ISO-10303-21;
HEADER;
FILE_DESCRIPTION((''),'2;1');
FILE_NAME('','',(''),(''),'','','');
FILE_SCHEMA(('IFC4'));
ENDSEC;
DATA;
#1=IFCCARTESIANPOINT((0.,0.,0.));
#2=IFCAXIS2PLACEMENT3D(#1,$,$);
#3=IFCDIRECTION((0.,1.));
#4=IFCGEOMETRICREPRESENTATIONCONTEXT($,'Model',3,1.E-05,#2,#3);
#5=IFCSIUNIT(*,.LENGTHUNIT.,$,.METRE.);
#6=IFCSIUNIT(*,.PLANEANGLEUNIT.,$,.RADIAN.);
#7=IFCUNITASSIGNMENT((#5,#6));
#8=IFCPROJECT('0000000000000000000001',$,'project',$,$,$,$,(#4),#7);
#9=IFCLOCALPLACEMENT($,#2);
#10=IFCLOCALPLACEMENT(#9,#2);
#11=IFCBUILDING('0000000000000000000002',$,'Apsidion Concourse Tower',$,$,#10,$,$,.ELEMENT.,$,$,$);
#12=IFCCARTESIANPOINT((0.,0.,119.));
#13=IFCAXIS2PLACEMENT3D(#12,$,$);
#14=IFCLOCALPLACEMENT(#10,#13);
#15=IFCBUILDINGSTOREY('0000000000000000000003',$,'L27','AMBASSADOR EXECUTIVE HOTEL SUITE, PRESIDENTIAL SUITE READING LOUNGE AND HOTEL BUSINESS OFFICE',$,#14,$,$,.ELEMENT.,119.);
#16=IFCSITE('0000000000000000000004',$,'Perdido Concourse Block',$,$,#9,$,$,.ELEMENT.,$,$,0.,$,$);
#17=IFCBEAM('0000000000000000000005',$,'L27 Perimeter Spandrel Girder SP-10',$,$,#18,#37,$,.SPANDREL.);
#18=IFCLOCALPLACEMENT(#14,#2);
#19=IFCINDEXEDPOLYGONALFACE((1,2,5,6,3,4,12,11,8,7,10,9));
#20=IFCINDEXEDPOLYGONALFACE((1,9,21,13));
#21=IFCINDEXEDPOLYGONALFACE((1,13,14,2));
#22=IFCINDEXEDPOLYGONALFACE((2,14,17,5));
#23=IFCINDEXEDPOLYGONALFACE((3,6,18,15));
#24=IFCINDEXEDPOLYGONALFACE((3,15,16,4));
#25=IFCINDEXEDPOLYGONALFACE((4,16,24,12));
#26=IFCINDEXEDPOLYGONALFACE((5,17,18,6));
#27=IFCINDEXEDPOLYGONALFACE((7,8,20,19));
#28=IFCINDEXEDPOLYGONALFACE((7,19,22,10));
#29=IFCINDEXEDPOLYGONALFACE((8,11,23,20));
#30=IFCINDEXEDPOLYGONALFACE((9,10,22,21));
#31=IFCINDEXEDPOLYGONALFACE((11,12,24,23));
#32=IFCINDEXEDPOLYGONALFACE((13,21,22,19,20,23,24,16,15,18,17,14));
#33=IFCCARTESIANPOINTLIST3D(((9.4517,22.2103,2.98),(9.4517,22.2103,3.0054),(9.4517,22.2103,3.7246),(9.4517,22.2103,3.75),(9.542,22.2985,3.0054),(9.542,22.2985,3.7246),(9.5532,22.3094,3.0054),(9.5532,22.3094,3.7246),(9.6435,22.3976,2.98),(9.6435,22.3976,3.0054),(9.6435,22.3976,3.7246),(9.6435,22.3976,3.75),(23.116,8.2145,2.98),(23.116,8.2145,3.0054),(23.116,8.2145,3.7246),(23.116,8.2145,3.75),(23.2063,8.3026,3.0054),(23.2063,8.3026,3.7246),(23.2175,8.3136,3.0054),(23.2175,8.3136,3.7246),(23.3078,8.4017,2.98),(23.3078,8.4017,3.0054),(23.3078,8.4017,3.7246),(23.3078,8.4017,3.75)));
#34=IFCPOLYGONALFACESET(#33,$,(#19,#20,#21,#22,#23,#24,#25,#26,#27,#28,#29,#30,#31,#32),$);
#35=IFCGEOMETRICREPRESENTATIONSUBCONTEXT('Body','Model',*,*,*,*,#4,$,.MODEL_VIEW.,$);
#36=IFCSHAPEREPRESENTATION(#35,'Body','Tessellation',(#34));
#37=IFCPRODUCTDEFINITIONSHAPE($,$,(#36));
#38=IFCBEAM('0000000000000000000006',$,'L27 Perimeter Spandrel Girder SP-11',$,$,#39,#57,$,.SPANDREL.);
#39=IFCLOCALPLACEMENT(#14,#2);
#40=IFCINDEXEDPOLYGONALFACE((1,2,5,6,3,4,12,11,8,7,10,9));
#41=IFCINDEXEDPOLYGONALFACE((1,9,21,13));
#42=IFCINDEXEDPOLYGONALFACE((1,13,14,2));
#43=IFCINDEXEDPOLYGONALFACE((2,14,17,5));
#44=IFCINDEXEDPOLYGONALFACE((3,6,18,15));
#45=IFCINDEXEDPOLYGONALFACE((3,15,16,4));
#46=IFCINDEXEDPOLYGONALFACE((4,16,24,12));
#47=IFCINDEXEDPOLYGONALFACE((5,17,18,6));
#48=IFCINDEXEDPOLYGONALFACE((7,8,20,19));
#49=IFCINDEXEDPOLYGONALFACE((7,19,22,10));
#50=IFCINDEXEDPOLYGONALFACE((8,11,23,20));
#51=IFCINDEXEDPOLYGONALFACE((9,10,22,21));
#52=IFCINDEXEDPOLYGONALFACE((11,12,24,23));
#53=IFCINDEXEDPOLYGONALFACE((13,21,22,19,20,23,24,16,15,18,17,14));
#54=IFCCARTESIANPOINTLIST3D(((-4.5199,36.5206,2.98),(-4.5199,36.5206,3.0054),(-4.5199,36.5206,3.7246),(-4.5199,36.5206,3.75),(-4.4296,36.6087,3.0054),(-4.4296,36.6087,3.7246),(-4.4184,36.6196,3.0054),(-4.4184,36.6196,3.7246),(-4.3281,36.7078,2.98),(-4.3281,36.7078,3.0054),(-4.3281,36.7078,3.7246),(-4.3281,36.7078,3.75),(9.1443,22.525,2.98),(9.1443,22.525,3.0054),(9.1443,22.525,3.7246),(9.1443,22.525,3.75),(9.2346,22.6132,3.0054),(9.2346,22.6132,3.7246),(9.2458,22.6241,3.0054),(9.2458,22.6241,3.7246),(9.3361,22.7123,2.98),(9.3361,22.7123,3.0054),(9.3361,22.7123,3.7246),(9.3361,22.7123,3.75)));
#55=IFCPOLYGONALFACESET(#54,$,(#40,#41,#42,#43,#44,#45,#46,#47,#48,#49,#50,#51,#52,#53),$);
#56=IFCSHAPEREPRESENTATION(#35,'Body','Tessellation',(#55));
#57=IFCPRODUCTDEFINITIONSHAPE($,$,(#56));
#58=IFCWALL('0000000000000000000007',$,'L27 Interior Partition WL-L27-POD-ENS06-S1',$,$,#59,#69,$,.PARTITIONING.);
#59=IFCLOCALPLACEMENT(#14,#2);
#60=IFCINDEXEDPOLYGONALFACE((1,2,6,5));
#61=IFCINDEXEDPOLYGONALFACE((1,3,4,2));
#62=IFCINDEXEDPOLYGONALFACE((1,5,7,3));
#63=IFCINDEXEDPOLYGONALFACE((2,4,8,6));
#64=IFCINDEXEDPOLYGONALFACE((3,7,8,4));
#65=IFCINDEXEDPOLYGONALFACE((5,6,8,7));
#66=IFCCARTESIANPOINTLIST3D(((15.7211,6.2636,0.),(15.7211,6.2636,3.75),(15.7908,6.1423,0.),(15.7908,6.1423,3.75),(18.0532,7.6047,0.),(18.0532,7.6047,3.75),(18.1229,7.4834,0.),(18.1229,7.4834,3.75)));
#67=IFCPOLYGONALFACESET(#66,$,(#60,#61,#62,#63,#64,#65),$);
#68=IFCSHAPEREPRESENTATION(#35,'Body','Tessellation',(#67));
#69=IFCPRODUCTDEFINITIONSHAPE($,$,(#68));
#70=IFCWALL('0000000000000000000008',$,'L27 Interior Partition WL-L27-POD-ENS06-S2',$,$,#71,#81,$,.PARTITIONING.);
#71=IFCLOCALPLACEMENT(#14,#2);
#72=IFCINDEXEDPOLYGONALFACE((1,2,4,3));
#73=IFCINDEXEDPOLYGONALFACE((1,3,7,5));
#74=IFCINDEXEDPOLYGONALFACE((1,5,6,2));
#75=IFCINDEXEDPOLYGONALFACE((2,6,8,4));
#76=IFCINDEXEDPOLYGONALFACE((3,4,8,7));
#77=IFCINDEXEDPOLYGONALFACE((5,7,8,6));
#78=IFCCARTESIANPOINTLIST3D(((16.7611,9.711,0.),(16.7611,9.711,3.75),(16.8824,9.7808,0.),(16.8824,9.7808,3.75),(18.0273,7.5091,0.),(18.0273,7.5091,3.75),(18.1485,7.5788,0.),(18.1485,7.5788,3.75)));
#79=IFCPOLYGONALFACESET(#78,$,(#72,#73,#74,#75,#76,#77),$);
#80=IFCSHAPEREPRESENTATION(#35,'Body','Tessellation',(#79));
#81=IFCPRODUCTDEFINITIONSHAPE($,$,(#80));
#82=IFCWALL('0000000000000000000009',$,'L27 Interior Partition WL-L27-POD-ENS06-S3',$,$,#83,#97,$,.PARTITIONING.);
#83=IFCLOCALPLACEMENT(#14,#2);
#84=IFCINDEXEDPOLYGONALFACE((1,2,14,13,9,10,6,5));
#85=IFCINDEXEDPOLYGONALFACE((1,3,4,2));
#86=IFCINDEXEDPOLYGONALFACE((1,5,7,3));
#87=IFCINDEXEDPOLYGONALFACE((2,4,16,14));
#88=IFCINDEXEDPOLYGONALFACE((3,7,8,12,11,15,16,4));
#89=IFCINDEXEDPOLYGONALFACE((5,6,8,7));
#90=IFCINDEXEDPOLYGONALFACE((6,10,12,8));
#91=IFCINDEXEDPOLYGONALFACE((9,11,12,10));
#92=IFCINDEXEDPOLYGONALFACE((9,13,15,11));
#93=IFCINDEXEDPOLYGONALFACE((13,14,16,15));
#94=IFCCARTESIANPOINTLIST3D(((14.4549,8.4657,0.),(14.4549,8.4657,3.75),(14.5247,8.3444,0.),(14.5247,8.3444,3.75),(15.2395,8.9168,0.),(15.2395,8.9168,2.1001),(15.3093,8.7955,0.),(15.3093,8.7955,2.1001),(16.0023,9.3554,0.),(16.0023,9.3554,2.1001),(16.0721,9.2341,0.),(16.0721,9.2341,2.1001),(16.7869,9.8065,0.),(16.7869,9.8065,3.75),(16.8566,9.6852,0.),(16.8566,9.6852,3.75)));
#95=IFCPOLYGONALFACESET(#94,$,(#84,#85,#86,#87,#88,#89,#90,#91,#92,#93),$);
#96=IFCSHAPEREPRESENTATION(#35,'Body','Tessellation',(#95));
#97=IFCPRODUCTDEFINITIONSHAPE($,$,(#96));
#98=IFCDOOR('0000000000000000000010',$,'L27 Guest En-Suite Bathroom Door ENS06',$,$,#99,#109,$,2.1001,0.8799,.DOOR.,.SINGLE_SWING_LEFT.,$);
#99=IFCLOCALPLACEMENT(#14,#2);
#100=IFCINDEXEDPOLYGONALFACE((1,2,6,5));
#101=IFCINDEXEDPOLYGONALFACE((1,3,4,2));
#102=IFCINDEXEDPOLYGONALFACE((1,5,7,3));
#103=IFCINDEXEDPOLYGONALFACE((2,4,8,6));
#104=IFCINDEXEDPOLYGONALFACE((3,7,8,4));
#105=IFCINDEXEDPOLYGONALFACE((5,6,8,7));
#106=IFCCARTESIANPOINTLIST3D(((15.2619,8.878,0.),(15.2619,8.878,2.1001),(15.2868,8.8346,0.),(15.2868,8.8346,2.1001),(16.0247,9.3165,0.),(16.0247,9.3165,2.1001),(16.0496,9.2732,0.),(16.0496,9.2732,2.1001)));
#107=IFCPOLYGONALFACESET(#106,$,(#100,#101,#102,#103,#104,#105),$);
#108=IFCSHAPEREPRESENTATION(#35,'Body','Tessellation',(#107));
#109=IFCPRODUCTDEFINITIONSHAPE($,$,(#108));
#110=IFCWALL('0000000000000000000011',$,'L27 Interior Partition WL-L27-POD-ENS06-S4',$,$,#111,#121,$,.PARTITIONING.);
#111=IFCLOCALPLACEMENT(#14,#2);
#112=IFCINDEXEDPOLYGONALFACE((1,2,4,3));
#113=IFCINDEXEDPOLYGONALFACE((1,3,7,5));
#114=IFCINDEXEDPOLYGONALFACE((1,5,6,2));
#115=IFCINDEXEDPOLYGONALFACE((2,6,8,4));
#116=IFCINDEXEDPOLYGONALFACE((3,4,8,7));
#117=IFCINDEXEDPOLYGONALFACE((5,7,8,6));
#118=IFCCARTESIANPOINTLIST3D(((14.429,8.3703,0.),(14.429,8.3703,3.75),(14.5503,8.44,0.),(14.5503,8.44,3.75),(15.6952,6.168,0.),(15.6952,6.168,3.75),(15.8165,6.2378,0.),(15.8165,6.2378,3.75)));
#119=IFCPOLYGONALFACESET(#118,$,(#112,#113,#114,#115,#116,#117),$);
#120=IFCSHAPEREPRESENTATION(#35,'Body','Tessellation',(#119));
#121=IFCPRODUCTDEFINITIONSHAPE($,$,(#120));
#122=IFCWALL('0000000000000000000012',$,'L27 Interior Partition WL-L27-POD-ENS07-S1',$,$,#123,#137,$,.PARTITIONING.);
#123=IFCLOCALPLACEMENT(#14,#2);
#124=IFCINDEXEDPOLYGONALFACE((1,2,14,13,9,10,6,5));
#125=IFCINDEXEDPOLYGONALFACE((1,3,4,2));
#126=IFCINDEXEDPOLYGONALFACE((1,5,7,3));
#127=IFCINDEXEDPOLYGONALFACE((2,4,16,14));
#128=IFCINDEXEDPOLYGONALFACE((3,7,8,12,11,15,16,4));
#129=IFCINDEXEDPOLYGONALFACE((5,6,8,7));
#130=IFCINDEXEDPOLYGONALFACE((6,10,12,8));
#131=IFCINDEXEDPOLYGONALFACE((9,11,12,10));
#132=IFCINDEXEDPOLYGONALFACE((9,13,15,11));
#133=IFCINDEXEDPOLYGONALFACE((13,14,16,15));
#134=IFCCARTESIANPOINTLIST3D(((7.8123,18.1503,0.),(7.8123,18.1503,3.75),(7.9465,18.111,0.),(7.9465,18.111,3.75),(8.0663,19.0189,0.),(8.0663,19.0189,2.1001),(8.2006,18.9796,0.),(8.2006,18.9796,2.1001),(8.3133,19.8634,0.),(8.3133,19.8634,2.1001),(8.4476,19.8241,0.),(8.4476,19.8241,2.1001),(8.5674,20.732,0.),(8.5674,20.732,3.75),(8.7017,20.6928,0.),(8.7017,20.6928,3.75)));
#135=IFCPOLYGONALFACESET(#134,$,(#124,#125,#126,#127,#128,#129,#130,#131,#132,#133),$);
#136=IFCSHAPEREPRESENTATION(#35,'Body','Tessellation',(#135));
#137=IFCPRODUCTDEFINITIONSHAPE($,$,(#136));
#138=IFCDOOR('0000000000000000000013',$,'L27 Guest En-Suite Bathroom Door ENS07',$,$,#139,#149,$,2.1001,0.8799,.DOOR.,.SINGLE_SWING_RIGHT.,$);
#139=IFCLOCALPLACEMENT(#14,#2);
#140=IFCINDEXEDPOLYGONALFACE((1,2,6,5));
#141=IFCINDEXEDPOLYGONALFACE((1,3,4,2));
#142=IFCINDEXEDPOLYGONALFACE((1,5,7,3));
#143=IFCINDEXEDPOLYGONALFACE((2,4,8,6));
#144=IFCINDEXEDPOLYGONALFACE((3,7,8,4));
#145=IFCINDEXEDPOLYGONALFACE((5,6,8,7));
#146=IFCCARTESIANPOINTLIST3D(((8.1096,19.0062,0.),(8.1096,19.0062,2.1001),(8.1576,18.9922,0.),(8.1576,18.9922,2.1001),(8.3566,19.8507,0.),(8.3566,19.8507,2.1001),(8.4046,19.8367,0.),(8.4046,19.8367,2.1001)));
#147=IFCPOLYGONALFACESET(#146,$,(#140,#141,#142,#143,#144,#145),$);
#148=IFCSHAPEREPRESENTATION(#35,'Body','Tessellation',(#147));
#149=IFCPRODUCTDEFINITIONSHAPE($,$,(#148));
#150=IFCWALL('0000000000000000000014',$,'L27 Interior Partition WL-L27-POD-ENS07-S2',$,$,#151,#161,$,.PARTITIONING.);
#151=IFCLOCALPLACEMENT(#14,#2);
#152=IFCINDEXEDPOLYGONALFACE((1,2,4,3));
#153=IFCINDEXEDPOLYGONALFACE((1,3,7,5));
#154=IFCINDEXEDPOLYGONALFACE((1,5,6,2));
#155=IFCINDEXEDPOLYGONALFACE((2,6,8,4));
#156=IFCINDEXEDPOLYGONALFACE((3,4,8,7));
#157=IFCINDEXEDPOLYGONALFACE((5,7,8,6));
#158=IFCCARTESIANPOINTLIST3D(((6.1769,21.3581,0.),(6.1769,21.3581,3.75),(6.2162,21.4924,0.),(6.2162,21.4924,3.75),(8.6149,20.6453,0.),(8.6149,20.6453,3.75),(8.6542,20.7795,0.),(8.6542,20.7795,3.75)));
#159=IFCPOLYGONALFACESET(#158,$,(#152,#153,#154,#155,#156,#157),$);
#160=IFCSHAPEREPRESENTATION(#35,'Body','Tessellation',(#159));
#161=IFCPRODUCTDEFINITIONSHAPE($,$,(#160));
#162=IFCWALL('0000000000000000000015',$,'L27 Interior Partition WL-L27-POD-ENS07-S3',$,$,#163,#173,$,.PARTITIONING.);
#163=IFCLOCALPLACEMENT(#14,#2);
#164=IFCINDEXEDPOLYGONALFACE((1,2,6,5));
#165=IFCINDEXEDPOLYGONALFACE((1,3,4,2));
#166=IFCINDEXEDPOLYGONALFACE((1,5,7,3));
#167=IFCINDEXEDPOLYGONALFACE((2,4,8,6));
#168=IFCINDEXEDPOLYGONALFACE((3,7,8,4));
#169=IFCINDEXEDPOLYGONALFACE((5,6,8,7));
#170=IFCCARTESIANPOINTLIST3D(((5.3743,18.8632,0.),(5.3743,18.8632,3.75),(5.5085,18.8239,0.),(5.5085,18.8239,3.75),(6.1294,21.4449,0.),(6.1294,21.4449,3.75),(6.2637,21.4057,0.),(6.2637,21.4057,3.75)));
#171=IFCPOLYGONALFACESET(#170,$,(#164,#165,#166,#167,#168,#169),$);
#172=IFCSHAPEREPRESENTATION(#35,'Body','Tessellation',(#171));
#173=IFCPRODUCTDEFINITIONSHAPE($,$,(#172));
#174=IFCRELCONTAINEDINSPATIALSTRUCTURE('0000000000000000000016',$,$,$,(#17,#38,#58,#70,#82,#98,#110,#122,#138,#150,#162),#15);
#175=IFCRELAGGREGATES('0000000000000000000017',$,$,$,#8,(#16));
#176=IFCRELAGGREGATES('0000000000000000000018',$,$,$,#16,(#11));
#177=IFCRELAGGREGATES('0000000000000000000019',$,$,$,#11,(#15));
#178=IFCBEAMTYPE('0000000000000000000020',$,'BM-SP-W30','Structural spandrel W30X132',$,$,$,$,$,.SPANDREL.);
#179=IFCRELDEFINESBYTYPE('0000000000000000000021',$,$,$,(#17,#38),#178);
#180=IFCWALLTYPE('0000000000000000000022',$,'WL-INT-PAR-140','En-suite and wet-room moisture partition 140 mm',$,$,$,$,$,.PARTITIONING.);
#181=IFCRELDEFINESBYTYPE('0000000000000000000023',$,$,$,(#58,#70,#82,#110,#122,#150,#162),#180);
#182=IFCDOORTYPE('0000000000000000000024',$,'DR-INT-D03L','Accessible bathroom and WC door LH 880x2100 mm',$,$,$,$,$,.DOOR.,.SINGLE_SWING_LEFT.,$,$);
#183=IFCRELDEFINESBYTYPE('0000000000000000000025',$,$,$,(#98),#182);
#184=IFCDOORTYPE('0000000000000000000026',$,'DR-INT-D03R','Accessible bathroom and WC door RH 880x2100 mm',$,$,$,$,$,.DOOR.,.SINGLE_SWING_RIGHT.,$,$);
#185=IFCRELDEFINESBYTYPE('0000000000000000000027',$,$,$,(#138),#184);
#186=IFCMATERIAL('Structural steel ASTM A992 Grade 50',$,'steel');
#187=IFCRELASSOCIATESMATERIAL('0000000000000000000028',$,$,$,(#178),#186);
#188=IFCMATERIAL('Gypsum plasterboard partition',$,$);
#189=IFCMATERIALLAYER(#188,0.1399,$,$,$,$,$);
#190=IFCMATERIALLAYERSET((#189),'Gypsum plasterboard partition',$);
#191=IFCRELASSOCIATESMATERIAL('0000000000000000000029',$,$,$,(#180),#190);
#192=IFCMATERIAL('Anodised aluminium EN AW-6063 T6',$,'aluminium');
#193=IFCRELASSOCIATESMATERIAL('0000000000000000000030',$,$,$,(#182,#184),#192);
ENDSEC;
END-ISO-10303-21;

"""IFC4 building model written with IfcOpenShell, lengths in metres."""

from ifc_helpers import new_model, si_unit, direction, frame, frame_2d, origin, origin_2d, place, context, subcontext, project, spatial, rectangle, i_section, extrude, material, layer, layer_set, material_profile, profile_set, type_object, element, fill, save


model = new_model("IFC4")

# Units and contexts
model_context = context("Model", 3, precision=1e-05, world=origin(), true_north=direction((0.0, 1.0)))
body_context = subcontext(model_context, "Body", "Model", "MODEL_VIEW")
ifc_project = project(units=[si_unit("LENGTHUNIT", "METRE"), si_unit("PLANEANGLEUNIT", "RADIAN")], contexts=[model_context])

# Site, building, storey
site_placement = place(None, origin())
site = spatial("IfcSite", under=ifc_project, at=site_placement, Name="Perdido Concourse Block", CompositionType="ELEMENT", RefElevation=0.0)
building_placement = place(site_placement, origin())
building = spatial("IfcBuilding", under=site, at=building_placement, Name="Apsidion Concourse Tower", CompositionType="ELEMENT")
storey_placement = place(building_placement, frame((0.0, 0.0, 119.0)))
storey = spatial("IfcBuildingStorey", under=building, at=storey_placement, Name="L27", Description="AMBASSADOR EXECUTIVE HOTEL SUITE, PRESIDENTIAL SUITE READING LOUNGE AND HOTEL BUSINESS OFFICE", CompositionType="ELEMENT", Elevation=119.0)

# Beams
ifc_material_1 = material(Name="Structural steel ASTM A992 Grade 50", Category="steel")
ifc_material_profile_1 = material_profile(ifc_material_1, i_section(OverallWidth=0.2681, OverallDepth=0.77, WebThickness=0.0156, FlangeThickness=0.0254, at=origin_2d()), Name="W30X132")
ifc_profile_set_1 = profile_set([ifc_material_profile_1], Name="Structural steel ASTM A992 Grade 50")
beam_type_1 = type_object("IfcBeamType", Name="BM-SP-W30", Description="Structural spandrel W30X132", PredefinedType="SPANDREL", material=ifc_profile_set_1)
beam_1_placement = place(storey_placement, frame((23.2119, 8.3081, 3.365), z_axis=(-0.698581, 0.715531, 0.0), x_axis=(-0.715531, -0.698581, 0.0)))
element("IfcBeam", 1, at=beam_1_placement, inside=storey, type_object=beam_type_1, Name="L27 Perimeter Spandrel Girder SP-10", PredefinedType="SPANDREL", context=body_context, shape_type="SweptSolid", body=[
    extrude(i_section(OverallWidth=0.2681, OverallDepth=0.77, WebThickness=0.0156, FlangeThickness=0.0254, at=origin_2d()), origin(), (0.0, 0.0, 1.0), 19.5601),
])
beam_2_placement = place(storey_placement, frame((9.2402, 22.6187, 3.365), z_axis=(-0.698587, 0.715525, 0.0), x_axis=(-0.715525, -0.698587, 0.0)))
element("IfcBeam", 2, at=beam_2_placement, inside=storey, type_object=beam_type_1, Name="L27 Perimeter Spandrel Girder SP-11", PredefinedType="SPANDREL", context=body_context, shape_type="SweptSolid", body=[
    extrude(i_section(OverallWidth=0.2681, OverallDepth=0.77, WebThickness=0.0156, FlangeThickness=0.0254, at=origin_2d()), origin(), (0.0, 0.0, 1.0), 19.5598),
])

# Walls
ifc_material_2 = material(Name="Gypsum plasterboard partition")
ifc_layer_1 = layer(ifc_material_2, 0.1399)
ifc_layer_set_1 = layer_set([ifc_layer_1], Name="Gypsum plasterboard partition")
wall_type_1 = type_object("IfcWallType", Name="WL-INT-PAR-140", Description="En-suite and wet-room moisture partition 140 mm", PredefinedType="PARTITIONING", material=ifc_layer_set_1)
wall_1_placement = place(storey_placement, frame((15.7559, 6.2029, 0.0), z_axis=(0.0, 0.0, 1.0), x_axis=(0.866883, 0.498512, 0.0)))
element("IfcWall", 3, at=wall_1_placement, inside=storey, type_object=wall_type_1, Name="L27 Interior Partition WL-L27-POD-ENS06-S1", PredefinedType="PARTITIONING", context=body_context, shape_type="SweptSolid", body=[
    extrude(rectangle(XDim=2.6902, YDim=0.1399, at=frame_2d((1.3452, 0.0))), origin(), (0.0, 0.0, 1.0), 3.75),
])
wall_2_placement = place(storey_placement, frame((18.0879, 7.5439, 0.0), z_axis=(0.0, 0.0, 1.0), x_axis=(-0.498477, 0.866903, 0.0)))
element("IfcWall", 4, at=wall_2_placement, inside=storey, type_object=wall_type_1, Name="L27 Interior Partition WL-L27-POD-ENS06-S2", PredefinedType="PARTITIONING", context=body_context, shape_type="SweptSolid", body=[
    extrude(rectangle(XDim=2.54, YDim=0.1399, at=frame_2d((1.27, 0.0))), origin(), (0.0, 0.0, 1.0), 3.75),
])

# Wall, opening, door
wall_3_placement = place(storey_placement, frame((16.8218, 9.7458, 0.0), z_axis=(0.0, 0.0, 1.0), x_axis=(-0.866922, -0.498444, 0.0)))
wall_3 = element("IfcWall", 5, at=wall_3_placement, inside=storey, type_object=wall_type_1, Name="L27 Interior Partition WL-L27-POD-ENS06-S3", PredefinedType="PARTITIONING", context=body_context, shape_type="SweptSolid", body=[
    extrude(rectangle(XDim=2.6899, YDim=0.1399, at=frame_2d((1.345, 0.0))), origin(), (0.0, 0.0, 1.0), 3.75),
])
opening_1_placement = place(wall_3_placement, frame((0.905, 0.0, 0.0)))
opening_1 = element("IfcOpeningElement", 6, at=opening_1_placement, cuts=wall_3, PredefinedType="OPENING", context=body_context, shape_type="SweptSolid", body=[
    extrude(rectangle(XDim=0.8799, YDim=2.1001, at=frame_2d((0.4399, 1.05))), frame((0.0, 0.0801, 0.0), z_axis=(0.0, -1.0, 0.0), x_axis=(1.0, 0.0, 0.0)), (0.0, 0.0, 1.0), 0.1599),
])
ifc_material_3 = material(Name="Anodised aluminium EN AW-6063 T6", Category="aluminium")
door_type_1 = type_object("IfcDoorType", Name="DR-INT-D03L", Description="Accessible bathroom and WC door LH 880x2100 mm", OperationType="SINGLE_SWING_LEFT", PredefinedType="DOOR", material=ifc_material_3)
door_1_placement = place(opening_1_placement, origin())
door_1 = element("IfcDoor", 7, at=door_1_placement, inside=storey, type_object=door_type_1, Name="L27 Guest En-Suite Bathroom Door ENS06", OperationType="SINGLE_SWING_LEFT", OverallHeight=2.1001, OverallWidth=0.8799, PredefinedType="DOOR", context=body_context, shape_type="SweptSolid", body=[
    extrude(rectangle(XDim=0.8799, YDim=2.1001, at=frame_2d((0.4399, 1.05))), frame((0.0, 0.0249, 0.0), z_axis=(0.0, -1.0, 0.0), x_axis=(1.0, 0.0, 0.0)), (0.0, 0.0, 1.0), 0.05),
])
fill(opening_1, door_1)

# Wall
wall_4_placement = place(storey_placement, frame((14.4897, 8.405, 0.0), z_axis=(0.0, 0.0, 1.0), x_axis=(0.498435, -0.866927, 0.0)))
element("IfcWall", 8, at=wall_4_placement, inside=storey, type_object=wall_type_1, Name="L27 Interior Partition WL-L27-POD-ENS06-S4", PredefinedType="PARTITIONING", context=body_context, shape_type="SweptSolid", body=[
    extrude(rectangle(XDim=2.5403, YDim=0.1399, at=frame_2d((1.27, 0.0))), origin(), (0.0, 0.0, 1.0), 3.75),
])

# Wall, opening, door
wall_5_placement = place(storey_placement, frame((7.8794, 18.1306, 0.0), z_axis=(0.0, 0.0, 1.0), x_axis=(0.280721, 0.959789, 0.0)))
wall_5 = element("IfcWall", 9, at=wall_5_placement, inside=storey, type_object=wall_type_1, Name="L27 Interior Partition WL-L27-POD-ENS07-S1", PredefinedType="PARTITIONING", context=body_context, shape_type="SweptSolid", body=[
    extrude(rectangle(XDim=2.6899, YDim=0.1399, at=frame_2d((1.345, 0.0))), origin(), (0.0, 0.0, 1.0), 3.75),
])
opening_2_placement = place(wall_5_placement, frame((0.905, 0.0, 0.0)))
opening_2 = element("IfcOpeningElement", 10, at=opening_2_placement, cuts=wall_5, PredefinedType="OPENING", context=body_context, shape_type="SweptSolid", body=[
    extrude(rectangle(XDim=0.8799, YDim=2.1001, at=frame_2d((0.4399, 1.05))), frame((0.0, 0.0801, 0.0), z_axis=(0.0, -1.0, 0.0), x_axis=(1.0, 0.0, 0.0)), (0.0, 0.0, 1.0), 0.1599),
])
door_type_2 = type_object("IfcDoorType", Name="DR-INT-D03R", Description="Accessible bathroom and WC door RH 880x2100 mm", OperationType="SINGLE_SWING_RIGHT", PredefinedType="DOOR", material=ifc_material_3)
door_2_placement = place(opening_2_placement, origin())
door_2 = element("IfcDoor", 11, at=door_2_placement, inside=storey, type_object=door_type_2, Name="L27 Guest En-Suite Bathroom Door ENS07", OperationType="SINGLE_SWING_RIGHT", OverallHeight=2.1001, OverallWidth=0.8799, PredefinedType="DOOR", context=body_context, shape_type="SweptSolid", body=[
    extrude(rectangle(XDim=0.8799, YDim=2.1001, at=frame_2d((0.4399, 1.05))), frame((0.0, 0.0249, 0.0), z_axis=(0.0, -1.0, 0.0), x_axis=(1.0, 0.0, 0.0)), (0.0, 0.0, 1.0), 0.05),
])
fill(opening_2, door_2)

# Walls
wall_6_placement = place(storey_placement, frame((8.6345, 20.7124, 0.0), z_axis=(0.0, 0.0, 1.0), x_axis=(-0.959808, 0.280657, 0.0)))
element("IfcWall", 12, at=wall_6_placement, inside=storey, type_object=wall_type_1, Name="L27 Interior Partition WL-L27-POD-ENS07-S2", PredefinedType="PARTITIONING", context=body_context, shape_type="SweptSolid", body=[
    extrude(rectangle(XDim=2.54, YDim=0.1399, at=frame_2d((1.27, 0.0))), origin(), (0.0, 0.0, 1.0), 3.75),
])
wall_7_placement = place(storey_placement, frame((6.1965, 21.4253, 0.0), z_axis=(0.0, 0.0, 1.0), x_axis=(-0.280721, -0.959789, 0.0)))
element("IfcWall", 13, at=wall_7_placement, inside=storey, type_object=wall_type_1, Name="L27 Interior Partition WL-L27-POD-ENS07-S3", PredefinedType="PARTITIONING", context=body_context, shape_type="SweptSolid", body=[
    extrude(rectangle(XDim=2.6899, YDim=0.1399, at=frame_2d((1.345, 0.0))), origin(), (0.0, 0.0, 1.0), 3.75),
])

save(model, "model.ifc")
